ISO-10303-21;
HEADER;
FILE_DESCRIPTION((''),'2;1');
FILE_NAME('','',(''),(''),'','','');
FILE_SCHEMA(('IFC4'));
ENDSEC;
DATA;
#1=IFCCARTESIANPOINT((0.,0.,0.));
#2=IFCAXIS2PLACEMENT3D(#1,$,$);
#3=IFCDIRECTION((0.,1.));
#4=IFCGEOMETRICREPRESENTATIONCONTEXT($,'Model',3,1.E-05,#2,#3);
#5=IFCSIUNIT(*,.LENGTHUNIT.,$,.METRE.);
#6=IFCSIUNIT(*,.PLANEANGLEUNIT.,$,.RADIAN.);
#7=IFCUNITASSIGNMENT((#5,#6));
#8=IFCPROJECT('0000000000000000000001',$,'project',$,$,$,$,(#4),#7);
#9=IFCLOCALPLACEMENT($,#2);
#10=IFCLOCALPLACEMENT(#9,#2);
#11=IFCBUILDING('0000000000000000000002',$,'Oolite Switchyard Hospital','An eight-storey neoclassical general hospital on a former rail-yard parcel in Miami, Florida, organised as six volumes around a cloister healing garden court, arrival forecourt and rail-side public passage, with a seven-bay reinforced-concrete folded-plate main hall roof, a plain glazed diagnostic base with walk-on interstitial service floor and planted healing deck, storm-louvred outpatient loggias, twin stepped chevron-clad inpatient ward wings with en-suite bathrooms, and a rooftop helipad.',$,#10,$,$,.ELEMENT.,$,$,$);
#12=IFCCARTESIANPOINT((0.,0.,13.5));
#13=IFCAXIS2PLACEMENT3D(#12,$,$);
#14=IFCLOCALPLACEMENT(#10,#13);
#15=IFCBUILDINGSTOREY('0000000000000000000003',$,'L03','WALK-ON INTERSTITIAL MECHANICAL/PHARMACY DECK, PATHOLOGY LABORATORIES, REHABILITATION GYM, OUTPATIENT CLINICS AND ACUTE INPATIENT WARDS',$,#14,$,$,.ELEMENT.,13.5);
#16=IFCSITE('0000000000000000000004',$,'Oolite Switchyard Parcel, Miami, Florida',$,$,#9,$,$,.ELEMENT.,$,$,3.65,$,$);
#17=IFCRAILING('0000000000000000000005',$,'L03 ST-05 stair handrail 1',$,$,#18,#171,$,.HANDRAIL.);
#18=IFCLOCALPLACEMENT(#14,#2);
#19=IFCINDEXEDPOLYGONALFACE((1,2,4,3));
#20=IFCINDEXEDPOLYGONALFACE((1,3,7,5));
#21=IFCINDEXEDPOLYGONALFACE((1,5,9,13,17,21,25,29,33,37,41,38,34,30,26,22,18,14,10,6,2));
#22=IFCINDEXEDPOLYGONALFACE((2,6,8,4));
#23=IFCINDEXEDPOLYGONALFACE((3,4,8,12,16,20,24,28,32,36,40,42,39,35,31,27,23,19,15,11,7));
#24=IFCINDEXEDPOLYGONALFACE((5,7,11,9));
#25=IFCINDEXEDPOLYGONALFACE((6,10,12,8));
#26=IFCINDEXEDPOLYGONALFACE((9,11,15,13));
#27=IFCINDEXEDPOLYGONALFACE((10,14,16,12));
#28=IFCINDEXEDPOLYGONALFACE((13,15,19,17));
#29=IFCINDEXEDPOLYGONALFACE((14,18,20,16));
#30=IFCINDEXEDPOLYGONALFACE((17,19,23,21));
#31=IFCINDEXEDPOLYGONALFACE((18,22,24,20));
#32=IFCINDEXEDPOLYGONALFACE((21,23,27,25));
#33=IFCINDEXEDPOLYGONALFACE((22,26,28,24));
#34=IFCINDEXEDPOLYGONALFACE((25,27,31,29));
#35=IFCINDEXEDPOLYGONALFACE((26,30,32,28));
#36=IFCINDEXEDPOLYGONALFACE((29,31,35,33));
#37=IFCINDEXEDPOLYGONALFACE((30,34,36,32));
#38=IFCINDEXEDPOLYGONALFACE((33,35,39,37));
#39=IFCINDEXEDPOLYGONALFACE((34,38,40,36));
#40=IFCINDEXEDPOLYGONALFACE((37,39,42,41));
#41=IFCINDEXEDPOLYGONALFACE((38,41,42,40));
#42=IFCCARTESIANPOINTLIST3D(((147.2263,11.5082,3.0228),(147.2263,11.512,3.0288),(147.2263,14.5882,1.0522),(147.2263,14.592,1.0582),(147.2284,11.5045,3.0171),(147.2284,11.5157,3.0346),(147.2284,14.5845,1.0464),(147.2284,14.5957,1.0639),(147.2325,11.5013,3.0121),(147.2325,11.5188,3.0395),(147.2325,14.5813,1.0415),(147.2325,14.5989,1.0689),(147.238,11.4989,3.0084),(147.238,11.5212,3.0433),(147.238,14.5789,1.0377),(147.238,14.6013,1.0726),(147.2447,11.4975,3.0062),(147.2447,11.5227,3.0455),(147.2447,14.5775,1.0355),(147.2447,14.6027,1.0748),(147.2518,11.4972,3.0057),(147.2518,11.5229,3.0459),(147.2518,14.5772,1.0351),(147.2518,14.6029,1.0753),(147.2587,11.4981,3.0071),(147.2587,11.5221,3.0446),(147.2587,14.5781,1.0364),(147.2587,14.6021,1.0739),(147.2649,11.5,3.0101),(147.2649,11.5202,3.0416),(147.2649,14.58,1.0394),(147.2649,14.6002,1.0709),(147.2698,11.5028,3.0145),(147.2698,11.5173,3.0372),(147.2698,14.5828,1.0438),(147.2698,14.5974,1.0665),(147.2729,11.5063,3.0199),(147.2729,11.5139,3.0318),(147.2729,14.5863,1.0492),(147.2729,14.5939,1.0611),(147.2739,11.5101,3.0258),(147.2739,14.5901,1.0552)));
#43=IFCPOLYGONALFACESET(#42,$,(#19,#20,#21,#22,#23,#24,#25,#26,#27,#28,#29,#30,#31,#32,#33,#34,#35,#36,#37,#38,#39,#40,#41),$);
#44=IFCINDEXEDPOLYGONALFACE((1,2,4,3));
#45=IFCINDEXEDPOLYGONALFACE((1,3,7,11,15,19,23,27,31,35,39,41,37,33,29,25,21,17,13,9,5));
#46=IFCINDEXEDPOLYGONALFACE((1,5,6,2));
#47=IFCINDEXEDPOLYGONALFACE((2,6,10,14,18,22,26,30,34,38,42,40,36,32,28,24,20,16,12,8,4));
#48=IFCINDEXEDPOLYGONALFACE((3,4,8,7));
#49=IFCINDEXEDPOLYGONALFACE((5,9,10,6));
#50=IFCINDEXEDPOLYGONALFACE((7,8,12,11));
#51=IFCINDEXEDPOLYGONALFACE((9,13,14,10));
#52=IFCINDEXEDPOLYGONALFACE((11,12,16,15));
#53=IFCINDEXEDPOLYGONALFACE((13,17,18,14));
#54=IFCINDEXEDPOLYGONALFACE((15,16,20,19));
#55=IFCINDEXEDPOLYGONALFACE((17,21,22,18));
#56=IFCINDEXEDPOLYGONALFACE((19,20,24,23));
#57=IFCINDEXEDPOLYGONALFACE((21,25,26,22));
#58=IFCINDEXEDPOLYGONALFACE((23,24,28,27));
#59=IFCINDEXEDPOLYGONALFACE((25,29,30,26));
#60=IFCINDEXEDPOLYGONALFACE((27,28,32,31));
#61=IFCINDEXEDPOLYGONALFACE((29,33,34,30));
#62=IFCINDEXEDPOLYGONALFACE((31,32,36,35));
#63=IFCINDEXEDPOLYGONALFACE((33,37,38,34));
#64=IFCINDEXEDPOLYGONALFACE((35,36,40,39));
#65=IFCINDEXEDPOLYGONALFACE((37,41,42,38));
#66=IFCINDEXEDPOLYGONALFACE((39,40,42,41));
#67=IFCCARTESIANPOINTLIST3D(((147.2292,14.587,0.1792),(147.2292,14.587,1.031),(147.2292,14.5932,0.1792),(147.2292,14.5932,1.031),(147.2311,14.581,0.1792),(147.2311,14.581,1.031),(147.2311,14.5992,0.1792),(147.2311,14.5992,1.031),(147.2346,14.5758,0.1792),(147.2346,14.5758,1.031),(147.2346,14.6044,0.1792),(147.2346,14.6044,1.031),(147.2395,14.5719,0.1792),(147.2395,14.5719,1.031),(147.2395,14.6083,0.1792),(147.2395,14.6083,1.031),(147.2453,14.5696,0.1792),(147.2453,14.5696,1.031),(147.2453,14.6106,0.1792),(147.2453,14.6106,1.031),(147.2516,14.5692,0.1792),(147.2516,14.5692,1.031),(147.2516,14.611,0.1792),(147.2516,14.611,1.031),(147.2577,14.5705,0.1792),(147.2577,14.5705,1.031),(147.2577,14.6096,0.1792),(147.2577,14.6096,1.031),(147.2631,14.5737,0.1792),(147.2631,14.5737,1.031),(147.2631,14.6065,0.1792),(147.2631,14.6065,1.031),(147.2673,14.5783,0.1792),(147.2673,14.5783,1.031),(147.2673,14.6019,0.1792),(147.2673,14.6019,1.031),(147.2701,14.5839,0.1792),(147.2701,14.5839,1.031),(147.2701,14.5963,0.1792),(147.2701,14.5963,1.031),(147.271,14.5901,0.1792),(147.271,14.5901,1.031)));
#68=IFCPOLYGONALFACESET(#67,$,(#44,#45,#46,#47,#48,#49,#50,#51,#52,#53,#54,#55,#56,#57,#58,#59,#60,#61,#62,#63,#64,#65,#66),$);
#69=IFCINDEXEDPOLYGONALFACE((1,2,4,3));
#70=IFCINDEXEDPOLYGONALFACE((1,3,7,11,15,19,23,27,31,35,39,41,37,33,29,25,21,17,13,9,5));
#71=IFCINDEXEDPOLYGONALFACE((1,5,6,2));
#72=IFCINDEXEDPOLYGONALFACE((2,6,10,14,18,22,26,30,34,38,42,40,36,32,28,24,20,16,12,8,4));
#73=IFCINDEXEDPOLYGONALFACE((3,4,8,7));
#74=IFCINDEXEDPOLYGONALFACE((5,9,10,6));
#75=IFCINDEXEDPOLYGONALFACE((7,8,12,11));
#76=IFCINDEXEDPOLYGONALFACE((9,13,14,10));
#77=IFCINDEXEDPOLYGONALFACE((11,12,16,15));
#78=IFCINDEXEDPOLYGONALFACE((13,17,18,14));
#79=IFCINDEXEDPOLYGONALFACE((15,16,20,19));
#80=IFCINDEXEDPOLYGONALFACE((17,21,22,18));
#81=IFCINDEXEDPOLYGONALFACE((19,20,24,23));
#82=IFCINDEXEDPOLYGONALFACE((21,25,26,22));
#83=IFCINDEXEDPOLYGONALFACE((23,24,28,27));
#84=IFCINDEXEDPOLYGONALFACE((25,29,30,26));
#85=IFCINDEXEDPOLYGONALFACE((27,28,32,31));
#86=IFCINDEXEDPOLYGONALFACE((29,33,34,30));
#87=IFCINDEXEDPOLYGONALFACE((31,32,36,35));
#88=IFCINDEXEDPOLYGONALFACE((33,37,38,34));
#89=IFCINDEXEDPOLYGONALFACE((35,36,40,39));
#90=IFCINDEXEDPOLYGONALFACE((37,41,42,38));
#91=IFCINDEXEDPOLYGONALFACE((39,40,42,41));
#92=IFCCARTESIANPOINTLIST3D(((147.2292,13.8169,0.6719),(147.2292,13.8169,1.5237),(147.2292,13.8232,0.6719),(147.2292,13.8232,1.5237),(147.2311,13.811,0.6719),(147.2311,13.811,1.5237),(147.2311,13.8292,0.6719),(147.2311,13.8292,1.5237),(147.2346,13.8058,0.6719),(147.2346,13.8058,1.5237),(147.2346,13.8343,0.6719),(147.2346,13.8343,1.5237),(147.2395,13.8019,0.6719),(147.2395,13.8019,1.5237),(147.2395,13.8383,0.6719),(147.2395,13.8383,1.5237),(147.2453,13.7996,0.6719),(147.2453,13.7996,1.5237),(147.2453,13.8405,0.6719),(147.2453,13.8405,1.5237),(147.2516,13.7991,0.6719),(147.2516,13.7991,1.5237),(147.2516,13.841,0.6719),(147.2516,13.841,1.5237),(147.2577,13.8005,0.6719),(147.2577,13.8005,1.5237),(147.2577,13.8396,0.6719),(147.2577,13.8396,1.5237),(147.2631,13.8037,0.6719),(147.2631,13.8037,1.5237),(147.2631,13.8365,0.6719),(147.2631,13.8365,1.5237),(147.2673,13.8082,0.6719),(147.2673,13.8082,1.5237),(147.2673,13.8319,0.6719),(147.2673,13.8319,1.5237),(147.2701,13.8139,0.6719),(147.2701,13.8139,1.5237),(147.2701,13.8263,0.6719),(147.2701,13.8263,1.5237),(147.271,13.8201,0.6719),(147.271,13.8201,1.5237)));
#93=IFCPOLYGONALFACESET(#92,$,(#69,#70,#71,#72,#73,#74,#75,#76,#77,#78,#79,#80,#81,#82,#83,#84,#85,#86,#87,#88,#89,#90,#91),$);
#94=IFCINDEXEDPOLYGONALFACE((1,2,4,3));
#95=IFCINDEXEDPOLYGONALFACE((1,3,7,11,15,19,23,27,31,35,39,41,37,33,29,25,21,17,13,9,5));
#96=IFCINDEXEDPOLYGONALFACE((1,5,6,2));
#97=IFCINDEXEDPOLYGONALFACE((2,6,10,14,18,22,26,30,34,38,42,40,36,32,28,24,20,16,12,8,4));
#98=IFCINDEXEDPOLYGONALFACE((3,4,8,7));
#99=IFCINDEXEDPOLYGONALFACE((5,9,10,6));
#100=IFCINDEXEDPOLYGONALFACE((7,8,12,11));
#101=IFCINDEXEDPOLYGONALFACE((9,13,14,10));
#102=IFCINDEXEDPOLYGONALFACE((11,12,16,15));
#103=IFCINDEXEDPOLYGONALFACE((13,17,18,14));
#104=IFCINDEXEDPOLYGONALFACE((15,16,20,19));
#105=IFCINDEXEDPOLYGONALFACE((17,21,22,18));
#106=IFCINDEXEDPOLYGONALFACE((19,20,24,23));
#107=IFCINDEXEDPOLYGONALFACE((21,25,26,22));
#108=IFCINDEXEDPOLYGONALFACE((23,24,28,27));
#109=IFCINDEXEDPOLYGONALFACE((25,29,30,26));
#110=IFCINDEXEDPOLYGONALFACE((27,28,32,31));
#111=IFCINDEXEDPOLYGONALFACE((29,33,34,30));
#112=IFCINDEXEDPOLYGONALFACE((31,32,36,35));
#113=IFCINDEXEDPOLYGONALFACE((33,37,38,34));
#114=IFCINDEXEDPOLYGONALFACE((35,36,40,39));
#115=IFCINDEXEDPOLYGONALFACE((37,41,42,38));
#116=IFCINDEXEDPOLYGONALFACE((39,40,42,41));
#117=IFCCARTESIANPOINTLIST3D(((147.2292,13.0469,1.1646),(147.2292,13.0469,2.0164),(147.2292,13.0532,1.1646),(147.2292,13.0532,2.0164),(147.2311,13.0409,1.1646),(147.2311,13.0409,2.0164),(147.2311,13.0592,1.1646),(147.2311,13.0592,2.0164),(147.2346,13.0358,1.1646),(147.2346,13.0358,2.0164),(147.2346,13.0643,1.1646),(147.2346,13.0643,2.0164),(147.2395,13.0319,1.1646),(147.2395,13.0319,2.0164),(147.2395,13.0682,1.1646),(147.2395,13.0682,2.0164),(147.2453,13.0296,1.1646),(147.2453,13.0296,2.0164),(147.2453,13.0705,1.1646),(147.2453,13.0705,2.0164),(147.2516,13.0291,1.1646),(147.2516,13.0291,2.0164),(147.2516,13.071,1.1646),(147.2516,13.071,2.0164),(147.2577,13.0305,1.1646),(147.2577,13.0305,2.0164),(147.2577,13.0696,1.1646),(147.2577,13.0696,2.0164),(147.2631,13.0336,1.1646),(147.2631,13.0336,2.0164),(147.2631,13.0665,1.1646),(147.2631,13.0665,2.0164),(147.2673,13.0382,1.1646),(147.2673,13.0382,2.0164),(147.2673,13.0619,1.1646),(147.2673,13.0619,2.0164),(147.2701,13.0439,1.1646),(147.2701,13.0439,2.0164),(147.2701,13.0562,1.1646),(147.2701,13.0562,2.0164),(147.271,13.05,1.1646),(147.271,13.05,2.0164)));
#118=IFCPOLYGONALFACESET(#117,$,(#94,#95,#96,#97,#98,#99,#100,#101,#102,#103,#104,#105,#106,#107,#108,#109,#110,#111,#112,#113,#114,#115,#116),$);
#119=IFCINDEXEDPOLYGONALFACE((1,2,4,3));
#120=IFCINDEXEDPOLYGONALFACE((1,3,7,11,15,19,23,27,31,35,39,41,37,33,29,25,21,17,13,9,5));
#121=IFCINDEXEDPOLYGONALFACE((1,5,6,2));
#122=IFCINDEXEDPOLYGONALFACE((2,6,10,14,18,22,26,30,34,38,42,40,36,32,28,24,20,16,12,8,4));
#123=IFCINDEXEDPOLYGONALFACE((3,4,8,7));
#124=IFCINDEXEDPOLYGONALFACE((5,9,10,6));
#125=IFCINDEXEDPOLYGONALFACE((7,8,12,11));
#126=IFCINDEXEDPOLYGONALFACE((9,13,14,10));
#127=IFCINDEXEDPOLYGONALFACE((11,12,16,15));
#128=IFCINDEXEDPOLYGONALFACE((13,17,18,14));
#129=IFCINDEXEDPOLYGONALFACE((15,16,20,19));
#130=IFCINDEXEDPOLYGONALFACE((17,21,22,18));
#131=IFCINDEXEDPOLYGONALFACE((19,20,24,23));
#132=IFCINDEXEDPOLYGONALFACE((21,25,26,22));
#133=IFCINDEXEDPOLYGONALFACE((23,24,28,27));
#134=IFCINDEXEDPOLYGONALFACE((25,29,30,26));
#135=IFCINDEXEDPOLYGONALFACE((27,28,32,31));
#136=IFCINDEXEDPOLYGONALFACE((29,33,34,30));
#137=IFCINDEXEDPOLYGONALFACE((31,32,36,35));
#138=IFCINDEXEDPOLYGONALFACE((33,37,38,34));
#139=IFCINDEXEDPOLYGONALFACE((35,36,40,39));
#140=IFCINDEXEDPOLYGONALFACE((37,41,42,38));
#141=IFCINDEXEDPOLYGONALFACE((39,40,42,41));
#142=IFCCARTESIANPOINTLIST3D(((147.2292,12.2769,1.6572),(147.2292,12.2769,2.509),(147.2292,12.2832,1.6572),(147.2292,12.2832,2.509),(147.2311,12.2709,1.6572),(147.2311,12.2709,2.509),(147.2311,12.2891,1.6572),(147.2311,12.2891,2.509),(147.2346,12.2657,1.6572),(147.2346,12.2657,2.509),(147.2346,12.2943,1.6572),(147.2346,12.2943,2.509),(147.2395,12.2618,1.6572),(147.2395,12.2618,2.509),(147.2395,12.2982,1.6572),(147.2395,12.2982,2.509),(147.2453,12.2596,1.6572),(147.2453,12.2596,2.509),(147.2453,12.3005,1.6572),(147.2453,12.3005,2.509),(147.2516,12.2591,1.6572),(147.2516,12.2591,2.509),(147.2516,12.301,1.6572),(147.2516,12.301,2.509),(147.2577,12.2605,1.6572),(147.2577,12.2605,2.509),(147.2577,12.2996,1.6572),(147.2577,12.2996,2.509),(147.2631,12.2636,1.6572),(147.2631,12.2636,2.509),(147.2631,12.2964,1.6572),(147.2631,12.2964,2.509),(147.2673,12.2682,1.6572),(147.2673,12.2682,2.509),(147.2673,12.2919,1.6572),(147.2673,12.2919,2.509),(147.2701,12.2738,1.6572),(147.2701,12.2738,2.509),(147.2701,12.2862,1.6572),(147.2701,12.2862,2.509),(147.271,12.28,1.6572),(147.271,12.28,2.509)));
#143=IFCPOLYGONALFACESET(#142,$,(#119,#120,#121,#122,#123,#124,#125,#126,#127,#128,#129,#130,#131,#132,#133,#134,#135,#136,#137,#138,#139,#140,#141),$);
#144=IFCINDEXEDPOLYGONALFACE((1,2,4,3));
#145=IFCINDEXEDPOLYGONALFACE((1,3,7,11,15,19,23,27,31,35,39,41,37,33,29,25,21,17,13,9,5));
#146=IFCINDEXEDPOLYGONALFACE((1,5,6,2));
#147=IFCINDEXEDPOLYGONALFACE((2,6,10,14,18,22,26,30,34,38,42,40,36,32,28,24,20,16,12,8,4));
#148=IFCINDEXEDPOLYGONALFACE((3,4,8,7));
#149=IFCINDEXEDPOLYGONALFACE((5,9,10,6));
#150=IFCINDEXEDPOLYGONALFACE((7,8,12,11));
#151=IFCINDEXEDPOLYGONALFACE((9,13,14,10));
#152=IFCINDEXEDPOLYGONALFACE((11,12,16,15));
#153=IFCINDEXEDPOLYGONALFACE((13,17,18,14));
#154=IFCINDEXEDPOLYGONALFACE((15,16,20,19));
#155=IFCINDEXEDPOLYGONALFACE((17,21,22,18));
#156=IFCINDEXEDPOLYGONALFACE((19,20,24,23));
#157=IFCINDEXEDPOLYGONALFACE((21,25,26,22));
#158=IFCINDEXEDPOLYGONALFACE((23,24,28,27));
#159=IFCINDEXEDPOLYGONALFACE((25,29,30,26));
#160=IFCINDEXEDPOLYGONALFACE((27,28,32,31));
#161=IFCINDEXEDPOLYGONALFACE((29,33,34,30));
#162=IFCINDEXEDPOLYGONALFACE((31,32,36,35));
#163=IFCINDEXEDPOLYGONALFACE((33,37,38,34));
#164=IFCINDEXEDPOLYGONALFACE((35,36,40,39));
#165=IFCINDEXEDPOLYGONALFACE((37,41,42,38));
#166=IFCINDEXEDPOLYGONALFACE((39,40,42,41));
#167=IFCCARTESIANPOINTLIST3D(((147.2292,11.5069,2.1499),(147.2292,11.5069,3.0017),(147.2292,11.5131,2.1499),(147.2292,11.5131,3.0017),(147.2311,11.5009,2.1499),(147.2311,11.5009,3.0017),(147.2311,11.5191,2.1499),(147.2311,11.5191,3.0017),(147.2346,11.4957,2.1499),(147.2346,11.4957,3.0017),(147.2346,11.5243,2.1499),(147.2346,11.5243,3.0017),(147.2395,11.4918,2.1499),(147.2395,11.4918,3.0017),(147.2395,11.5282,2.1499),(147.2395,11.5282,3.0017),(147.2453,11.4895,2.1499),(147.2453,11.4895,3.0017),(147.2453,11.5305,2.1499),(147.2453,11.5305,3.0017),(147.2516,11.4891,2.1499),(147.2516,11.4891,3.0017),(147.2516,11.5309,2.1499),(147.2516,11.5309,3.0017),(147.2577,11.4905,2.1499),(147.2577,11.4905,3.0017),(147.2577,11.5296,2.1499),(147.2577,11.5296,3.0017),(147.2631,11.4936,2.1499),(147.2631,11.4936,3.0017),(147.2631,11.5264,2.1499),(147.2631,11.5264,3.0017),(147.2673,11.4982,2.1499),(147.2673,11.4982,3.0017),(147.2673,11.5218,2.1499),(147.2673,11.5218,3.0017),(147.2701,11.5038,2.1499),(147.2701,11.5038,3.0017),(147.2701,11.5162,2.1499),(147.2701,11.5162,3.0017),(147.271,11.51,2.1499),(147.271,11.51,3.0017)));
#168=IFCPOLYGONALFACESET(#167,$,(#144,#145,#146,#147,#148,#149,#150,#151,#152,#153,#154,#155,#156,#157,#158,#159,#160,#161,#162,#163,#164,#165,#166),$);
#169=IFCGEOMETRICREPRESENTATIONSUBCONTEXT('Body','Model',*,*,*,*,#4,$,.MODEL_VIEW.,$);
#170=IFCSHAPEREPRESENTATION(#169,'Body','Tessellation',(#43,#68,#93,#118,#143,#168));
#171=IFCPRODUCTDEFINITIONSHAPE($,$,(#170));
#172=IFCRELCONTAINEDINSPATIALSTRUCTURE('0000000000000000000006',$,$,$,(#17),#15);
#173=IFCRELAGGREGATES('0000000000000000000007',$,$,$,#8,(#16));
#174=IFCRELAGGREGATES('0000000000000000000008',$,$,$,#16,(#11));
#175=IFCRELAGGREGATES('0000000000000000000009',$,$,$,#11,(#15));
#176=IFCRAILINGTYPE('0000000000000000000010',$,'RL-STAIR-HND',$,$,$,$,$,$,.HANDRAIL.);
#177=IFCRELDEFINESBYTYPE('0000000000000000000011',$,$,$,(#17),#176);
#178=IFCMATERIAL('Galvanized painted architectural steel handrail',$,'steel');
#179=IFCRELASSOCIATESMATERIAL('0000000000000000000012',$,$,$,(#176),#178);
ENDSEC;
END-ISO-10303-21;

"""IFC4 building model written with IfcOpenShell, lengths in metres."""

from ifc_helpers import new_model, si_unit, direction, frame, origin, origin_2d, place, context, subcontext, project, spatial, circle, extrude, material, type_object, element, save


model = new_model("IFC4")

# Units and contexts
model_context = context("Model", 3, precision=1e-05, world=origin(), true_north=direction((0.0, 1.0)))
body_context = subcontext(model_context, "Body", "Model", "MODEL_VIEW")
ifc_project = project(units=[si_unit("LENGTHUNIT", "METRE"), si_unit("PLANEANGLEUNIT", "RADIAN")], contexts=[model_context])

# Site, building, storey
site_placement = place(None, origin())
site = spatial("IfcSite", under=ifc_project, at=site_placement, Name="Oolite Switchyard Parcel, Miami, Florida", CompositionType="ELEMENT", RefElevation=3.65)
building_placement = place(site_placement, origin())
building = spatial("IfcBuilding", under=site, at=building_placement, Name="Oolite Switchyard Hospital", Description="An eight-storey neoclassical general hospital on a former rail-yard parcel in Miami, Florida, organised as six volumes around a cloister healing garden court, arrival forecourt and rail-side public passage, with a seven-bay reinforced-concrete folded-plate main hall roof, a plain glazed diagnostic base with walk-on interstitial service floor and planted healing deck, storm-louvred outpatient loggias, twin stepped chevron-clad inpatient ward wings with en-suite bathrooms, and a rooftop helipad.", CompositionType="ELEMENT")
storey_placement = place(building_placement, frame((0.0, 0.0, 13.5)))
storey = spatial("IfcBuildingStorey", under=building, at=storey_placement, Name="L03", Description="WALK-ON INTERSTITIAL MECHANICAL/PHARMACY DECK, PATHOLOGY LABORATORIES, REHABILITATION GYM, OUTPATIENT CLINICS AND ACUTE INPATIENT WARDS", CompositionType="ELEMENT", Elevation=13.5)

# Railing
ifc_material_1 = material(Name="Galvanized painted architectural steel handrail", Category="steel")
railing_type_1 = type_object("IfcRailingType", Name="RL-STAIR-HND", PredefinedType="HANDRAIL", material=ifc_material_1)
railing_1_placement = place(storey_placement, frame((147.25, 14.5901, 0.1792)))
element("IfcRailing", 1, at=railing_1_placement, inside=storey, type_object=railing_type_1, Name="L03 ST-05 stair handrail 1", PredefinedType="HANDRAIL", context=body_context, shape_type="SweptSolid", body=[
    extrude(circle(Radius=0.0239, at=origin_2d()), frame((0.0, 0.0, 0.876), z_axis=(0.0, -0.842339, 0.538948), x_axis=(1.0, 0.0, 0.0)), (0.0, 0.0, 1.0), 3.6565),
    extrude(circle(Radius=0.021, at=origin_2d()), origin(), (0.0, 0.0, 1.0), 0.8518),
    extrude(circle(Radius=0.021, at=origin_2d()), frame((0.0, -0.77, 0.4927)), (0.0, 0.0, 1.0), 0.8518),
    extrude(circle(Radius=0.021, at=origin_2d()), frame((0.0, -1.54, 0.9854)), (0.0, 0.0, 1.0), 0.8518),
    extrude(circle(Radius=0.021, at=origin_2d()), frame((0.0, -2.3101, 1.478)), (0.0, 0.0, 1.0), 0.8518),
    extrude(circle(Radius=0.021, at=origin_2d()), frame((0.0, -3.0801, 1.9707)), (0.0, 0.0, 1.0), 0.8518),
])

save(model, "model.ifc")
